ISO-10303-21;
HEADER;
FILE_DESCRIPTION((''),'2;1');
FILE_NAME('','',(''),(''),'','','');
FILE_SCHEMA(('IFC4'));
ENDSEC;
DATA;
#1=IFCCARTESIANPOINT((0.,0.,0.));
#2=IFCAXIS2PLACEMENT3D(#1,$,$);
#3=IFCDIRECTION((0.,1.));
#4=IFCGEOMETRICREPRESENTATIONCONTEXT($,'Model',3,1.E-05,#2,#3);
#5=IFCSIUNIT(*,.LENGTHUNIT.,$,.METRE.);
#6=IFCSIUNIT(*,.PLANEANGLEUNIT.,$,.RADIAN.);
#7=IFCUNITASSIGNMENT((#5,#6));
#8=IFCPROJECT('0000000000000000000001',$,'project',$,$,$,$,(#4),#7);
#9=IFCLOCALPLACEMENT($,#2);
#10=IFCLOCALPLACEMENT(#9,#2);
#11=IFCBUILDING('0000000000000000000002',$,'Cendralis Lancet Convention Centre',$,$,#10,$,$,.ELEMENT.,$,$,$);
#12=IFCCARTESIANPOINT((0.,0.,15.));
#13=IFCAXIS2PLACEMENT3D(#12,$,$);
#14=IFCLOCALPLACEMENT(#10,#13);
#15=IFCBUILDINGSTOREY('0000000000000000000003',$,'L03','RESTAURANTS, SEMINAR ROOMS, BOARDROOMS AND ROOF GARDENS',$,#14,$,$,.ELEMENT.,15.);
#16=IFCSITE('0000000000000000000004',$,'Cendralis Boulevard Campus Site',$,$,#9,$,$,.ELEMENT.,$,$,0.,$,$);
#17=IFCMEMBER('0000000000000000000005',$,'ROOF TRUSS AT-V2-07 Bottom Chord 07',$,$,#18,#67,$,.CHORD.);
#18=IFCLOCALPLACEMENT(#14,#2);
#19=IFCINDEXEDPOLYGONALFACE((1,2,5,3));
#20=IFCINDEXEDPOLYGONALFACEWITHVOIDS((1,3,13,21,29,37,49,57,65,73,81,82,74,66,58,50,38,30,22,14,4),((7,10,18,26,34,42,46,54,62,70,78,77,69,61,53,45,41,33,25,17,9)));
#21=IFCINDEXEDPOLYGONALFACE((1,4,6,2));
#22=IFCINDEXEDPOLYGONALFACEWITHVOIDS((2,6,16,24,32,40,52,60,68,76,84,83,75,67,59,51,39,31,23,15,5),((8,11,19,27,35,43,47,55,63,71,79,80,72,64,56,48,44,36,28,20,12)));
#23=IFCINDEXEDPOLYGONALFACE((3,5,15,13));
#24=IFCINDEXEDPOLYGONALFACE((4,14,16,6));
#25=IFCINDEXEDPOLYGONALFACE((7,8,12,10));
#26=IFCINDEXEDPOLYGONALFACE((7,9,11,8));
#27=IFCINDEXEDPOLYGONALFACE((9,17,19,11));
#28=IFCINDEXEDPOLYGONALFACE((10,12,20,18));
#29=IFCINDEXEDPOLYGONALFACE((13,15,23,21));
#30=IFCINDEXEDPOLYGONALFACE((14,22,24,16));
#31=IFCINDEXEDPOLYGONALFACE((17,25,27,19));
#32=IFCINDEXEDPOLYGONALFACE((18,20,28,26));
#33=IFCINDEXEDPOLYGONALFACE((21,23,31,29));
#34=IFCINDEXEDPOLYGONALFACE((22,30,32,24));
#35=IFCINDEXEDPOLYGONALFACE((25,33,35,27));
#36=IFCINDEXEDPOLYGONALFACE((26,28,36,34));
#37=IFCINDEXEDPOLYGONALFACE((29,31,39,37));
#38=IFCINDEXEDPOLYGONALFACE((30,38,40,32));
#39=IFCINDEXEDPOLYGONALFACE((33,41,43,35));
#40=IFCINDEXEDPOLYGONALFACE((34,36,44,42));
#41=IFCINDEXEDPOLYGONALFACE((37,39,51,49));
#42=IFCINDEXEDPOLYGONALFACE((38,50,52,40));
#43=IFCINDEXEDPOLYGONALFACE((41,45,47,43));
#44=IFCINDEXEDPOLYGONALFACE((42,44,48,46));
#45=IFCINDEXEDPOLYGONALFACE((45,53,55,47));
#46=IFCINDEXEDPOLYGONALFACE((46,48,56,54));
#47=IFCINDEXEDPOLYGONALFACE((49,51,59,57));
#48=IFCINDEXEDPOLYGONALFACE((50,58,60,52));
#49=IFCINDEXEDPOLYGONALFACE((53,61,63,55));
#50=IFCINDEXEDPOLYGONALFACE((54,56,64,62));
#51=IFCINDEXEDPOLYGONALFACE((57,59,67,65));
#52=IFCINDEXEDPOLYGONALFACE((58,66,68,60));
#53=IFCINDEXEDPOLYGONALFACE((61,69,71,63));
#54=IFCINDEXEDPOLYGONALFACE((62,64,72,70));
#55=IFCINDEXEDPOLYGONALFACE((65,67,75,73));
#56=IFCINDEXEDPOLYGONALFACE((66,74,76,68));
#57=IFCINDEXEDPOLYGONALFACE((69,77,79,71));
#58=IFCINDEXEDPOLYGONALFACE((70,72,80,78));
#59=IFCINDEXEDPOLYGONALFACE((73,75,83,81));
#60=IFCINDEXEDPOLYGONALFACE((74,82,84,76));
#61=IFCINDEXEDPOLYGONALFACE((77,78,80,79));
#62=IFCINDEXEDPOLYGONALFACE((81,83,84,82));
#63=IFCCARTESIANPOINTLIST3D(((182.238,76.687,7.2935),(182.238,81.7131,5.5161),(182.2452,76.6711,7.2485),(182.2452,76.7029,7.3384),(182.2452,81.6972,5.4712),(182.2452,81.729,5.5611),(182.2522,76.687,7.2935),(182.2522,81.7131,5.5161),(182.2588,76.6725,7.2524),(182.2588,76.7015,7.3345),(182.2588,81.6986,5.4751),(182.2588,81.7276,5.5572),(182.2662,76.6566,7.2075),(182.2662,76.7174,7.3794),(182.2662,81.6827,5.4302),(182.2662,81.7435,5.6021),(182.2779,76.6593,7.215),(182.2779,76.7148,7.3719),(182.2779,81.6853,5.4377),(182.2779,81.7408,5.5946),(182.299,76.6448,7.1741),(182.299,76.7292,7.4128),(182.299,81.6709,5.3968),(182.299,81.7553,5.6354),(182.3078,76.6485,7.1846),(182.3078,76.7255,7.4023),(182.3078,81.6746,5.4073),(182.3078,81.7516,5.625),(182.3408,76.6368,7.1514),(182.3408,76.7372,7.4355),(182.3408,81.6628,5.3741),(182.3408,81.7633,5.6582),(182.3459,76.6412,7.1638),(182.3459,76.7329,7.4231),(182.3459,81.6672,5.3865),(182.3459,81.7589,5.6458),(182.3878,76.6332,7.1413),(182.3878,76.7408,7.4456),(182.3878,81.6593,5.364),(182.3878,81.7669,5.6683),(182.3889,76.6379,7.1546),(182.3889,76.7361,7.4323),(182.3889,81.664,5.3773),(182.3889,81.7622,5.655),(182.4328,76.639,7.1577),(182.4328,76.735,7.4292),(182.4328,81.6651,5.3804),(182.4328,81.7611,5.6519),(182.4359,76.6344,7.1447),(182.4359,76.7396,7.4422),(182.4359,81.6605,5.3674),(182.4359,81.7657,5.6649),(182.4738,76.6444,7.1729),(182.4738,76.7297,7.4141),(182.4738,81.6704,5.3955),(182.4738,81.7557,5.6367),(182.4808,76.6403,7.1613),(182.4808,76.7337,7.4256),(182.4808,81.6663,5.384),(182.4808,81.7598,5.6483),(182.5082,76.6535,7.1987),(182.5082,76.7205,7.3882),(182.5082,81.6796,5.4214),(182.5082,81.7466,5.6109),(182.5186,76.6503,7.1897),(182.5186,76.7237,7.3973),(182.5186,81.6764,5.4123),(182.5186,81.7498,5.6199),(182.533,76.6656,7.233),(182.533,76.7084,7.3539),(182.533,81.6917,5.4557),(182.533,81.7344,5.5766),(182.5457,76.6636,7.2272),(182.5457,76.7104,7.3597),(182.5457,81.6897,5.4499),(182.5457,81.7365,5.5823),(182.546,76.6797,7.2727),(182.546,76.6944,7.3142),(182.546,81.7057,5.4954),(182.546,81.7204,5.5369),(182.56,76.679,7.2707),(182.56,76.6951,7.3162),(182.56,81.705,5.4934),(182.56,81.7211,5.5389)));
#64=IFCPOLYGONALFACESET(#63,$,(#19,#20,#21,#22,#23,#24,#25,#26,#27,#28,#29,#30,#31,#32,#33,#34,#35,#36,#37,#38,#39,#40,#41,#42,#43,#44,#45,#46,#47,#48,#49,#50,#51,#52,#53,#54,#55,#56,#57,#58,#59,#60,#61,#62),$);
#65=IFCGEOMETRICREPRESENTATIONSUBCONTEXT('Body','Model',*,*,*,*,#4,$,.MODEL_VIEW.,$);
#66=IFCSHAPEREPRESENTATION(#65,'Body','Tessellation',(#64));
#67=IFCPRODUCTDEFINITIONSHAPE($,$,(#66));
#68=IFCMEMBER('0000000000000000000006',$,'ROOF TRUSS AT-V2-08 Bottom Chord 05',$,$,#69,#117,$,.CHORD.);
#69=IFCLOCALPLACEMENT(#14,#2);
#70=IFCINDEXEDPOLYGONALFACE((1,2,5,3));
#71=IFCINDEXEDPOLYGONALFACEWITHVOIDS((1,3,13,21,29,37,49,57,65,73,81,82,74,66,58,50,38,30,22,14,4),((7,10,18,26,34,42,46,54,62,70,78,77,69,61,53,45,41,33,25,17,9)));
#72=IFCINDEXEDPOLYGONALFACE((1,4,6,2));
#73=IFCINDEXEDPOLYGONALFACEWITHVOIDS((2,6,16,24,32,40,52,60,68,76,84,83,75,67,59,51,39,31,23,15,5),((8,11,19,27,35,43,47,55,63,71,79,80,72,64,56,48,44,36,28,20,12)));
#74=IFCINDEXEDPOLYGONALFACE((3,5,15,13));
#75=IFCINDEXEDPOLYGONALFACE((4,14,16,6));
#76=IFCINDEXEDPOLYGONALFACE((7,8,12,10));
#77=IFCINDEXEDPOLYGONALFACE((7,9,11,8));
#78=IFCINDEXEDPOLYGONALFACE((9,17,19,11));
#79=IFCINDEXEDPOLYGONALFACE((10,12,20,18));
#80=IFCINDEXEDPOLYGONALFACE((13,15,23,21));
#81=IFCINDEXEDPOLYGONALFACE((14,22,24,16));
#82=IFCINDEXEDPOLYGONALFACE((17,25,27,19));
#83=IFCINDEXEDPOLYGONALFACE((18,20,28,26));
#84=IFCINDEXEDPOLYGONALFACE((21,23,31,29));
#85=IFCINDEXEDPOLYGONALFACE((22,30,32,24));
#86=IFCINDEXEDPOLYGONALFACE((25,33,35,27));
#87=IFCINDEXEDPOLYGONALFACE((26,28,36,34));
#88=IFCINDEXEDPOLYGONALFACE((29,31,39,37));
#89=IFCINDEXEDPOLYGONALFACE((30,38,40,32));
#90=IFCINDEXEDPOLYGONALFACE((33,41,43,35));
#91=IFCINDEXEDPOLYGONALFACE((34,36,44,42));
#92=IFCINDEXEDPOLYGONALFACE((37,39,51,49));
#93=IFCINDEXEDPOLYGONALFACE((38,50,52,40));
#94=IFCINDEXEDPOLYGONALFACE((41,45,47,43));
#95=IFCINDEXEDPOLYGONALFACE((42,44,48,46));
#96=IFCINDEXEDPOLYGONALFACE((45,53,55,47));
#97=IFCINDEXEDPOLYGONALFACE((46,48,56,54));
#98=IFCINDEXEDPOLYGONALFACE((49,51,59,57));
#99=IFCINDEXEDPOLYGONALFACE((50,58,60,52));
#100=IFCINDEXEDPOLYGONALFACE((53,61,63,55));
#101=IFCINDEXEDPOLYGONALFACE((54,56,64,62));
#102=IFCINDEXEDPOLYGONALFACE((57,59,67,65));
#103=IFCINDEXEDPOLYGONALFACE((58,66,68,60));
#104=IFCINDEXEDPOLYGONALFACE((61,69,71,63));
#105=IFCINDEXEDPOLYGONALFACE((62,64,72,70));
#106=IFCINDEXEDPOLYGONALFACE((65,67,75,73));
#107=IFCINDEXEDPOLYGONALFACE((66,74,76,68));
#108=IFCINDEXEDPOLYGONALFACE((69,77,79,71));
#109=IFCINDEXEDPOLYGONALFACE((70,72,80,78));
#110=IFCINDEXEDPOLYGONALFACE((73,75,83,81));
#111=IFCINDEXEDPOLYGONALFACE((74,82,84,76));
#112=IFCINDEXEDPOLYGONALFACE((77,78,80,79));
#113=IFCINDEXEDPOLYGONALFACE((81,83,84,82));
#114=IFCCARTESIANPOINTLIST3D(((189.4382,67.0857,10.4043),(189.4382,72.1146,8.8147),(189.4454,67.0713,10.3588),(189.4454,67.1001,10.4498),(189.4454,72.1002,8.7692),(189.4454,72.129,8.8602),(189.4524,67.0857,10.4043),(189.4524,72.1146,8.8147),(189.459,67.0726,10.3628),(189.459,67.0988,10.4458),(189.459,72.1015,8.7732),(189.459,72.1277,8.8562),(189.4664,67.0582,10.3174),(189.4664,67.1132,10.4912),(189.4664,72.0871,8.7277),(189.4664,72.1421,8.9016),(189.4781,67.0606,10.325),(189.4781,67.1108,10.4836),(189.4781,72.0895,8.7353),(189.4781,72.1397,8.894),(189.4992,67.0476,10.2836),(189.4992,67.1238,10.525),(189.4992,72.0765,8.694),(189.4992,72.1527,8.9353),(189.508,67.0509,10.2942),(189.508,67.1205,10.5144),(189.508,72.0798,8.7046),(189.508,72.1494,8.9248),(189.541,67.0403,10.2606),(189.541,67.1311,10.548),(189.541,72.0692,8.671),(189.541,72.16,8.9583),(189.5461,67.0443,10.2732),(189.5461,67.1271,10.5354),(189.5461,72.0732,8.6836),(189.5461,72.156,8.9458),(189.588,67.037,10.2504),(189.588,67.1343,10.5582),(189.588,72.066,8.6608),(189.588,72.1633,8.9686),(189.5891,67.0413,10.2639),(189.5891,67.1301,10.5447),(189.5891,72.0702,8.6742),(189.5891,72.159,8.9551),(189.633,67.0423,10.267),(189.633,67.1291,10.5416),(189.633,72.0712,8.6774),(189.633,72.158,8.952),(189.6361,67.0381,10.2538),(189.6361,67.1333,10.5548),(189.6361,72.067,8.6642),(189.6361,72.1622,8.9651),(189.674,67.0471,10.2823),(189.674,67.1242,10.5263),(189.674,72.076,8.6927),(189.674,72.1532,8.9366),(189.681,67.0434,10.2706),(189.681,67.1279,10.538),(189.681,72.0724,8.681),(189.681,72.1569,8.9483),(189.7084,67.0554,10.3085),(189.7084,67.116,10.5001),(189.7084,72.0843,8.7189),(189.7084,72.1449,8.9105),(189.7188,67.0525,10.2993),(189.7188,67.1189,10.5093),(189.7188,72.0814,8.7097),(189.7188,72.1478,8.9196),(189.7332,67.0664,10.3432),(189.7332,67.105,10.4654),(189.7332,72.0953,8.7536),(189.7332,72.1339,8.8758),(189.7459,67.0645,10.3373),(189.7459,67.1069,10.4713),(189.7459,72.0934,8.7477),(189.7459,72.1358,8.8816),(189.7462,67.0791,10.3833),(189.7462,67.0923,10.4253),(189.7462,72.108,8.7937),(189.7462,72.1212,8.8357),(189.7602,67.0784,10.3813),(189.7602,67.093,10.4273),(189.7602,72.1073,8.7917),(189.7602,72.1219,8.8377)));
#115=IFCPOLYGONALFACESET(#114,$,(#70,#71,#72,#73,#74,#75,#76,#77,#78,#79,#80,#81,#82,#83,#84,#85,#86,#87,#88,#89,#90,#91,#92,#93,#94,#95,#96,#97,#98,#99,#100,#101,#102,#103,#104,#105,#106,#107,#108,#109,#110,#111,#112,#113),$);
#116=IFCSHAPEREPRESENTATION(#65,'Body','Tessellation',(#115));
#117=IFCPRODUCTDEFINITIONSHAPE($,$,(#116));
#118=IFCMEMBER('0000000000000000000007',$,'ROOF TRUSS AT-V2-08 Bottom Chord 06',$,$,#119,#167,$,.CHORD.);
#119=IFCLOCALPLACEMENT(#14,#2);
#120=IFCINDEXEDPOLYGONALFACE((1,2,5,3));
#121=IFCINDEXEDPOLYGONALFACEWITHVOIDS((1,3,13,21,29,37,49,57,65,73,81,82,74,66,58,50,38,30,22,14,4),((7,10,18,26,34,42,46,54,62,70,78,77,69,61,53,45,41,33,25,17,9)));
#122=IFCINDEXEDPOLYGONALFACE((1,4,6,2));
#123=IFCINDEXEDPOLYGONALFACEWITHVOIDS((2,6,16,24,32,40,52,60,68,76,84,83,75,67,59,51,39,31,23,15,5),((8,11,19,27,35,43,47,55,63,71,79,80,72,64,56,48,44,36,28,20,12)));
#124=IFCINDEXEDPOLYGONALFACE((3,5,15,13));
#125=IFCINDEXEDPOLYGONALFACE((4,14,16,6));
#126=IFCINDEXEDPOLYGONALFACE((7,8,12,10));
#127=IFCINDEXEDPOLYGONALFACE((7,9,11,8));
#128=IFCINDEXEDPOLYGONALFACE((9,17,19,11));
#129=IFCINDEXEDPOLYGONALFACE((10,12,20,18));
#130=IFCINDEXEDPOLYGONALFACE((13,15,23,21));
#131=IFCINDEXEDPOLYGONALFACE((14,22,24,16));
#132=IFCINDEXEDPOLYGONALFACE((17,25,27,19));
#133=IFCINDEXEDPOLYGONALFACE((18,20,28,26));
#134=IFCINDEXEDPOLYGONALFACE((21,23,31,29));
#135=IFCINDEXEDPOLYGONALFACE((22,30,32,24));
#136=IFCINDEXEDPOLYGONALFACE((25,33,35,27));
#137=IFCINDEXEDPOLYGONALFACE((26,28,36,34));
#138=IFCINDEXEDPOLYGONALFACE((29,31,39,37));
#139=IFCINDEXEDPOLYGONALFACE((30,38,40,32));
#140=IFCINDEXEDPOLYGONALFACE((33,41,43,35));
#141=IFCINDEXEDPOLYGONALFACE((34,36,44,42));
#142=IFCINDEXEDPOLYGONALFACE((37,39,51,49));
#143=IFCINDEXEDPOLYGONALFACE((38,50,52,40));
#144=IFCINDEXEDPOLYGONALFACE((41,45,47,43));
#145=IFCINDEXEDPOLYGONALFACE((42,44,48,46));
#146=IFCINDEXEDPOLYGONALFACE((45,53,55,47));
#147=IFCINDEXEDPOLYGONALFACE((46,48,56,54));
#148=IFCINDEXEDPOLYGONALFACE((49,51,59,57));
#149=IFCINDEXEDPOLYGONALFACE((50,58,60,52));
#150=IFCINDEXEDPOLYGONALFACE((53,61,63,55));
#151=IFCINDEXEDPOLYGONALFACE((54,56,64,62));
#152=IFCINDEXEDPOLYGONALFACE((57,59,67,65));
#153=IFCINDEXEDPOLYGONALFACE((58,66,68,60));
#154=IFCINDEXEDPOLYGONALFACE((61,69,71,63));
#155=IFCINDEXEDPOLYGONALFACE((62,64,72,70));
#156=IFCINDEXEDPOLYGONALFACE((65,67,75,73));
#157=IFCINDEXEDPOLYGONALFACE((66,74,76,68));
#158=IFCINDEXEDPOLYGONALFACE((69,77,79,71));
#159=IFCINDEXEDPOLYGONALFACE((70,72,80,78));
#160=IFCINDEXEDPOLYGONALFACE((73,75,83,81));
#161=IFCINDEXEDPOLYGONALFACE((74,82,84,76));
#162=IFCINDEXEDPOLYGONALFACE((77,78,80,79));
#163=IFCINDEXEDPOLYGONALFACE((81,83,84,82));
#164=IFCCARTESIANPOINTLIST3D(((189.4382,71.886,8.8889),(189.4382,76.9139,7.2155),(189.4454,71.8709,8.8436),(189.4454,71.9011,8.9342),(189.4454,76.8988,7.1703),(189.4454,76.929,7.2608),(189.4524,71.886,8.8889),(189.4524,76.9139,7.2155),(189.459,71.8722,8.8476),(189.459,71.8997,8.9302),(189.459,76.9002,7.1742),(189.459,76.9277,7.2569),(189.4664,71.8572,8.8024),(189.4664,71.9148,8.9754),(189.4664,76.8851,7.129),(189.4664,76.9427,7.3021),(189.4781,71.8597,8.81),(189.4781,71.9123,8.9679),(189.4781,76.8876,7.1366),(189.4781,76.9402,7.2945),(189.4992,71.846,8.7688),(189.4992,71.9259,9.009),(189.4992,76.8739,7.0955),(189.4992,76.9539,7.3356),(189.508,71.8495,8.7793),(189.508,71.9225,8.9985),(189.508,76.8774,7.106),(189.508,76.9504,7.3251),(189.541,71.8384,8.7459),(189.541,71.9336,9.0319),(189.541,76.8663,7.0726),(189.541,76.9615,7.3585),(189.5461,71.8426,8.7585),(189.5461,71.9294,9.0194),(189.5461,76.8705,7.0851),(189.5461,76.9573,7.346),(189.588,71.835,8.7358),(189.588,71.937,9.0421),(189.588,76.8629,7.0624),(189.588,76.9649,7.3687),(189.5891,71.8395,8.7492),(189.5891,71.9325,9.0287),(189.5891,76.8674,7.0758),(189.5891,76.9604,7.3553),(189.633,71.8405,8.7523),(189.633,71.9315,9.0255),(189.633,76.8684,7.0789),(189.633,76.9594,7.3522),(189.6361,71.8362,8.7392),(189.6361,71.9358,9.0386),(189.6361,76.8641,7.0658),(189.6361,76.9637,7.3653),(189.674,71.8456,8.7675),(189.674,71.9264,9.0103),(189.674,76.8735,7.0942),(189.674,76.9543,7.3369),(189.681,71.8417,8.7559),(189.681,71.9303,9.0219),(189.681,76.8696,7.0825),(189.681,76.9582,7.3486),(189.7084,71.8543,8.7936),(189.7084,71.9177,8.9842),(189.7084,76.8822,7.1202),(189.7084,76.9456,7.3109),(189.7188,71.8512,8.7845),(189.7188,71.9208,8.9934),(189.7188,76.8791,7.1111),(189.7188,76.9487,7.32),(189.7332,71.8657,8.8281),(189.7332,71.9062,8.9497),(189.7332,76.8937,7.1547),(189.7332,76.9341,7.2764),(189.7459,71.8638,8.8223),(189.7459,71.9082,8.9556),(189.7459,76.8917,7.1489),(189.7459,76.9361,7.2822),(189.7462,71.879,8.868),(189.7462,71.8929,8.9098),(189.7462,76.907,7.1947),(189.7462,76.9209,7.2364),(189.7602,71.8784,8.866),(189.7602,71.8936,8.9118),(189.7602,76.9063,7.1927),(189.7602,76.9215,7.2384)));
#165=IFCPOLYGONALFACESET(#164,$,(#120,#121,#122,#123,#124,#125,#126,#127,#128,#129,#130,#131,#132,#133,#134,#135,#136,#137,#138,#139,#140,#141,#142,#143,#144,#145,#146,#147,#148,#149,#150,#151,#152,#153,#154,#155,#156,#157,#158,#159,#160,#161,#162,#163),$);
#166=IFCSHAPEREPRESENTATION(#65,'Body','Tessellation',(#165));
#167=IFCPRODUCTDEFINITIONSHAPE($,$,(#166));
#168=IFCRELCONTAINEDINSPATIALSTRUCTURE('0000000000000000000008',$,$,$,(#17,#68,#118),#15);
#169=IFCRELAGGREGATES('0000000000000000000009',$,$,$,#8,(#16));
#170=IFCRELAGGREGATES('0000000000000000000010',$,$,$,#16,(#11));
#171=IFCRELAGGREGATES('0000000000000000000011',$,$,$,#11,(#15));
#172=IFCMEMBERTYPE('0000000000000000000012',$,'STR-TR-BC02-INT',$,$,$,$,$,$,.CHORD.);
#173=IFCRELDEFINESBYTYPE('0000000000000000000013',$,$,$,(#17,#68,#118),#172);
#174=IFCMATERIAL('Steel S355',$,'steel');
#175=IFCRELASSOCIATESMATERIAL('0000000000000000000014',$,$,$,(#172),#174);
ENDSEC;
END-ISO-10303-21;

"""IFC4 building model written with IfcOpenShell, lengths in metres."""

from ifc_helpers import new_model, si_unit, direction, frame, origin, origin_2d, place, context, subcontext, project, spatial, hollow_circle, extrude, material, material_profile, profile_set, type_object, element, save


model = new_model("IFC4")

# Units and contexts
model_context = context("Model", 3, precision=1e-05, world=origin(), true_north=direction((0.0, 1.0)))
body_context = subcontext(model_context, "Body", "Model", "MODEL_VIEW")
ifc_project = project(units=[si_unit("LENGTHUNIT", "METRE"), si_unit("PLANEANGLEUNIT", "RADIAN")], contexts=[model_context])

# Site, building, storey
site_placement = place(None, origin())
site = spatial("IfcSite", under=ifc_project, at=site_placement, Name="Cendralis Boulevard Campus Site", CompositionType="ELEMENT", RefElevation=0.0)
building_placement = place(site_placement, origin())
building = spatial("IfcBuilding", under=site, at=building_placement, Name="Cendralis Lancet Convention Centre", CompositionType="ELEMENT")
storey_placement = place(building_placement, frame((0.0, 0.0, 15.0)))
storey = spatial("IfcBuildingStorey", under=building, at=storey_placement, Name="L03", Description="RESTAURANTS, SEMINAR ROOMS, BOARDROOMS AND ROOF GARDENS", CompositionType="ELEMENT", Elevation=15.0)

# Shared definitions
ifc_material = material(Name="Steel S355", Category="steel")

# Members
ifc_material_profile_1 = material_profile(ifc_material, hollow_circle(Radius=0.1619, WallThickness=0.0142, at=origin_2d()), Name="CHS 323.9x14.2")
ifc_profile_set_1 = profile_set([ifc_material_profile_1], Name="Steel S355")
member_type_1 = type_object("IfcMemberType", Name="STR-TR-BC02-INT", PredefinedType="CHORD", material=ifc_profile_set_1)
member_1_placement = place(storey_placement, frame((182.3999, 76.687, 7.2935), z_axis=(0.0, 0.942789, -0.33339), x_axis=(-1.0, 0.0, 0.0)))
element("IfcMember", 1, at=member_1_placement, inside=storey, type_object=member_type_1, Name="ROOF TRUSS AT-V2-07 Bottom Chord 07", PredefinedType="CHORD", context=body_context, shape_type="SweptSolid", body=[
    extrude(hollow_circle(Radius=0.1619, WallThickness=0.0142, at=origin_2d()), origin(), (0.0, 0.0, 1.0), 5.3311),
])
member_2_placement = place(storey_placement, frame((189.6001, 67.0857, 10.4043), z_axis=(0.0, 0.953498, -0.301399), x_axis=(-1.0, 0.0, 0.0)))
element("IfcMember", 2, at=member_2_placement, inside=storey, type_object=member_type_1, Name="ROOF TRUSS AT-V2-08 Bottom Chord 05", PredefinedType="CHORD", context=body_context, shape_type="SweptSolid", body=[
    extrude(hollow_circle(Radius=0.1619, WallThickness=0.0142, at=origin_2d()), origin(), (0.0, 0.0, 1.0), 5.2742),
])
member_3_placement = place(storey_placement, frame((189.6001, 71.886, 8.8889), z_axis=(0.0, 0.948831, -0.315785), x_axis=(-1.0, 0.0, 0.0)))
element("IfcMember", 3, at=member_3_placement, inside=storey, type_object=member_type_1, Name="ROOF TRUSS AT-V2-08 Bottom Chord 06", PredefinedType="CHORD", context=body_context, shape_type="SweptSolid", body=[
    extrude(hollow_circle(Radius=0.1619, WallThickness=0.0142, at=origin_2d()), origin(), (0.0, 0.0, 1.0), 5.2991),
])

save(model, "model.ifc")
